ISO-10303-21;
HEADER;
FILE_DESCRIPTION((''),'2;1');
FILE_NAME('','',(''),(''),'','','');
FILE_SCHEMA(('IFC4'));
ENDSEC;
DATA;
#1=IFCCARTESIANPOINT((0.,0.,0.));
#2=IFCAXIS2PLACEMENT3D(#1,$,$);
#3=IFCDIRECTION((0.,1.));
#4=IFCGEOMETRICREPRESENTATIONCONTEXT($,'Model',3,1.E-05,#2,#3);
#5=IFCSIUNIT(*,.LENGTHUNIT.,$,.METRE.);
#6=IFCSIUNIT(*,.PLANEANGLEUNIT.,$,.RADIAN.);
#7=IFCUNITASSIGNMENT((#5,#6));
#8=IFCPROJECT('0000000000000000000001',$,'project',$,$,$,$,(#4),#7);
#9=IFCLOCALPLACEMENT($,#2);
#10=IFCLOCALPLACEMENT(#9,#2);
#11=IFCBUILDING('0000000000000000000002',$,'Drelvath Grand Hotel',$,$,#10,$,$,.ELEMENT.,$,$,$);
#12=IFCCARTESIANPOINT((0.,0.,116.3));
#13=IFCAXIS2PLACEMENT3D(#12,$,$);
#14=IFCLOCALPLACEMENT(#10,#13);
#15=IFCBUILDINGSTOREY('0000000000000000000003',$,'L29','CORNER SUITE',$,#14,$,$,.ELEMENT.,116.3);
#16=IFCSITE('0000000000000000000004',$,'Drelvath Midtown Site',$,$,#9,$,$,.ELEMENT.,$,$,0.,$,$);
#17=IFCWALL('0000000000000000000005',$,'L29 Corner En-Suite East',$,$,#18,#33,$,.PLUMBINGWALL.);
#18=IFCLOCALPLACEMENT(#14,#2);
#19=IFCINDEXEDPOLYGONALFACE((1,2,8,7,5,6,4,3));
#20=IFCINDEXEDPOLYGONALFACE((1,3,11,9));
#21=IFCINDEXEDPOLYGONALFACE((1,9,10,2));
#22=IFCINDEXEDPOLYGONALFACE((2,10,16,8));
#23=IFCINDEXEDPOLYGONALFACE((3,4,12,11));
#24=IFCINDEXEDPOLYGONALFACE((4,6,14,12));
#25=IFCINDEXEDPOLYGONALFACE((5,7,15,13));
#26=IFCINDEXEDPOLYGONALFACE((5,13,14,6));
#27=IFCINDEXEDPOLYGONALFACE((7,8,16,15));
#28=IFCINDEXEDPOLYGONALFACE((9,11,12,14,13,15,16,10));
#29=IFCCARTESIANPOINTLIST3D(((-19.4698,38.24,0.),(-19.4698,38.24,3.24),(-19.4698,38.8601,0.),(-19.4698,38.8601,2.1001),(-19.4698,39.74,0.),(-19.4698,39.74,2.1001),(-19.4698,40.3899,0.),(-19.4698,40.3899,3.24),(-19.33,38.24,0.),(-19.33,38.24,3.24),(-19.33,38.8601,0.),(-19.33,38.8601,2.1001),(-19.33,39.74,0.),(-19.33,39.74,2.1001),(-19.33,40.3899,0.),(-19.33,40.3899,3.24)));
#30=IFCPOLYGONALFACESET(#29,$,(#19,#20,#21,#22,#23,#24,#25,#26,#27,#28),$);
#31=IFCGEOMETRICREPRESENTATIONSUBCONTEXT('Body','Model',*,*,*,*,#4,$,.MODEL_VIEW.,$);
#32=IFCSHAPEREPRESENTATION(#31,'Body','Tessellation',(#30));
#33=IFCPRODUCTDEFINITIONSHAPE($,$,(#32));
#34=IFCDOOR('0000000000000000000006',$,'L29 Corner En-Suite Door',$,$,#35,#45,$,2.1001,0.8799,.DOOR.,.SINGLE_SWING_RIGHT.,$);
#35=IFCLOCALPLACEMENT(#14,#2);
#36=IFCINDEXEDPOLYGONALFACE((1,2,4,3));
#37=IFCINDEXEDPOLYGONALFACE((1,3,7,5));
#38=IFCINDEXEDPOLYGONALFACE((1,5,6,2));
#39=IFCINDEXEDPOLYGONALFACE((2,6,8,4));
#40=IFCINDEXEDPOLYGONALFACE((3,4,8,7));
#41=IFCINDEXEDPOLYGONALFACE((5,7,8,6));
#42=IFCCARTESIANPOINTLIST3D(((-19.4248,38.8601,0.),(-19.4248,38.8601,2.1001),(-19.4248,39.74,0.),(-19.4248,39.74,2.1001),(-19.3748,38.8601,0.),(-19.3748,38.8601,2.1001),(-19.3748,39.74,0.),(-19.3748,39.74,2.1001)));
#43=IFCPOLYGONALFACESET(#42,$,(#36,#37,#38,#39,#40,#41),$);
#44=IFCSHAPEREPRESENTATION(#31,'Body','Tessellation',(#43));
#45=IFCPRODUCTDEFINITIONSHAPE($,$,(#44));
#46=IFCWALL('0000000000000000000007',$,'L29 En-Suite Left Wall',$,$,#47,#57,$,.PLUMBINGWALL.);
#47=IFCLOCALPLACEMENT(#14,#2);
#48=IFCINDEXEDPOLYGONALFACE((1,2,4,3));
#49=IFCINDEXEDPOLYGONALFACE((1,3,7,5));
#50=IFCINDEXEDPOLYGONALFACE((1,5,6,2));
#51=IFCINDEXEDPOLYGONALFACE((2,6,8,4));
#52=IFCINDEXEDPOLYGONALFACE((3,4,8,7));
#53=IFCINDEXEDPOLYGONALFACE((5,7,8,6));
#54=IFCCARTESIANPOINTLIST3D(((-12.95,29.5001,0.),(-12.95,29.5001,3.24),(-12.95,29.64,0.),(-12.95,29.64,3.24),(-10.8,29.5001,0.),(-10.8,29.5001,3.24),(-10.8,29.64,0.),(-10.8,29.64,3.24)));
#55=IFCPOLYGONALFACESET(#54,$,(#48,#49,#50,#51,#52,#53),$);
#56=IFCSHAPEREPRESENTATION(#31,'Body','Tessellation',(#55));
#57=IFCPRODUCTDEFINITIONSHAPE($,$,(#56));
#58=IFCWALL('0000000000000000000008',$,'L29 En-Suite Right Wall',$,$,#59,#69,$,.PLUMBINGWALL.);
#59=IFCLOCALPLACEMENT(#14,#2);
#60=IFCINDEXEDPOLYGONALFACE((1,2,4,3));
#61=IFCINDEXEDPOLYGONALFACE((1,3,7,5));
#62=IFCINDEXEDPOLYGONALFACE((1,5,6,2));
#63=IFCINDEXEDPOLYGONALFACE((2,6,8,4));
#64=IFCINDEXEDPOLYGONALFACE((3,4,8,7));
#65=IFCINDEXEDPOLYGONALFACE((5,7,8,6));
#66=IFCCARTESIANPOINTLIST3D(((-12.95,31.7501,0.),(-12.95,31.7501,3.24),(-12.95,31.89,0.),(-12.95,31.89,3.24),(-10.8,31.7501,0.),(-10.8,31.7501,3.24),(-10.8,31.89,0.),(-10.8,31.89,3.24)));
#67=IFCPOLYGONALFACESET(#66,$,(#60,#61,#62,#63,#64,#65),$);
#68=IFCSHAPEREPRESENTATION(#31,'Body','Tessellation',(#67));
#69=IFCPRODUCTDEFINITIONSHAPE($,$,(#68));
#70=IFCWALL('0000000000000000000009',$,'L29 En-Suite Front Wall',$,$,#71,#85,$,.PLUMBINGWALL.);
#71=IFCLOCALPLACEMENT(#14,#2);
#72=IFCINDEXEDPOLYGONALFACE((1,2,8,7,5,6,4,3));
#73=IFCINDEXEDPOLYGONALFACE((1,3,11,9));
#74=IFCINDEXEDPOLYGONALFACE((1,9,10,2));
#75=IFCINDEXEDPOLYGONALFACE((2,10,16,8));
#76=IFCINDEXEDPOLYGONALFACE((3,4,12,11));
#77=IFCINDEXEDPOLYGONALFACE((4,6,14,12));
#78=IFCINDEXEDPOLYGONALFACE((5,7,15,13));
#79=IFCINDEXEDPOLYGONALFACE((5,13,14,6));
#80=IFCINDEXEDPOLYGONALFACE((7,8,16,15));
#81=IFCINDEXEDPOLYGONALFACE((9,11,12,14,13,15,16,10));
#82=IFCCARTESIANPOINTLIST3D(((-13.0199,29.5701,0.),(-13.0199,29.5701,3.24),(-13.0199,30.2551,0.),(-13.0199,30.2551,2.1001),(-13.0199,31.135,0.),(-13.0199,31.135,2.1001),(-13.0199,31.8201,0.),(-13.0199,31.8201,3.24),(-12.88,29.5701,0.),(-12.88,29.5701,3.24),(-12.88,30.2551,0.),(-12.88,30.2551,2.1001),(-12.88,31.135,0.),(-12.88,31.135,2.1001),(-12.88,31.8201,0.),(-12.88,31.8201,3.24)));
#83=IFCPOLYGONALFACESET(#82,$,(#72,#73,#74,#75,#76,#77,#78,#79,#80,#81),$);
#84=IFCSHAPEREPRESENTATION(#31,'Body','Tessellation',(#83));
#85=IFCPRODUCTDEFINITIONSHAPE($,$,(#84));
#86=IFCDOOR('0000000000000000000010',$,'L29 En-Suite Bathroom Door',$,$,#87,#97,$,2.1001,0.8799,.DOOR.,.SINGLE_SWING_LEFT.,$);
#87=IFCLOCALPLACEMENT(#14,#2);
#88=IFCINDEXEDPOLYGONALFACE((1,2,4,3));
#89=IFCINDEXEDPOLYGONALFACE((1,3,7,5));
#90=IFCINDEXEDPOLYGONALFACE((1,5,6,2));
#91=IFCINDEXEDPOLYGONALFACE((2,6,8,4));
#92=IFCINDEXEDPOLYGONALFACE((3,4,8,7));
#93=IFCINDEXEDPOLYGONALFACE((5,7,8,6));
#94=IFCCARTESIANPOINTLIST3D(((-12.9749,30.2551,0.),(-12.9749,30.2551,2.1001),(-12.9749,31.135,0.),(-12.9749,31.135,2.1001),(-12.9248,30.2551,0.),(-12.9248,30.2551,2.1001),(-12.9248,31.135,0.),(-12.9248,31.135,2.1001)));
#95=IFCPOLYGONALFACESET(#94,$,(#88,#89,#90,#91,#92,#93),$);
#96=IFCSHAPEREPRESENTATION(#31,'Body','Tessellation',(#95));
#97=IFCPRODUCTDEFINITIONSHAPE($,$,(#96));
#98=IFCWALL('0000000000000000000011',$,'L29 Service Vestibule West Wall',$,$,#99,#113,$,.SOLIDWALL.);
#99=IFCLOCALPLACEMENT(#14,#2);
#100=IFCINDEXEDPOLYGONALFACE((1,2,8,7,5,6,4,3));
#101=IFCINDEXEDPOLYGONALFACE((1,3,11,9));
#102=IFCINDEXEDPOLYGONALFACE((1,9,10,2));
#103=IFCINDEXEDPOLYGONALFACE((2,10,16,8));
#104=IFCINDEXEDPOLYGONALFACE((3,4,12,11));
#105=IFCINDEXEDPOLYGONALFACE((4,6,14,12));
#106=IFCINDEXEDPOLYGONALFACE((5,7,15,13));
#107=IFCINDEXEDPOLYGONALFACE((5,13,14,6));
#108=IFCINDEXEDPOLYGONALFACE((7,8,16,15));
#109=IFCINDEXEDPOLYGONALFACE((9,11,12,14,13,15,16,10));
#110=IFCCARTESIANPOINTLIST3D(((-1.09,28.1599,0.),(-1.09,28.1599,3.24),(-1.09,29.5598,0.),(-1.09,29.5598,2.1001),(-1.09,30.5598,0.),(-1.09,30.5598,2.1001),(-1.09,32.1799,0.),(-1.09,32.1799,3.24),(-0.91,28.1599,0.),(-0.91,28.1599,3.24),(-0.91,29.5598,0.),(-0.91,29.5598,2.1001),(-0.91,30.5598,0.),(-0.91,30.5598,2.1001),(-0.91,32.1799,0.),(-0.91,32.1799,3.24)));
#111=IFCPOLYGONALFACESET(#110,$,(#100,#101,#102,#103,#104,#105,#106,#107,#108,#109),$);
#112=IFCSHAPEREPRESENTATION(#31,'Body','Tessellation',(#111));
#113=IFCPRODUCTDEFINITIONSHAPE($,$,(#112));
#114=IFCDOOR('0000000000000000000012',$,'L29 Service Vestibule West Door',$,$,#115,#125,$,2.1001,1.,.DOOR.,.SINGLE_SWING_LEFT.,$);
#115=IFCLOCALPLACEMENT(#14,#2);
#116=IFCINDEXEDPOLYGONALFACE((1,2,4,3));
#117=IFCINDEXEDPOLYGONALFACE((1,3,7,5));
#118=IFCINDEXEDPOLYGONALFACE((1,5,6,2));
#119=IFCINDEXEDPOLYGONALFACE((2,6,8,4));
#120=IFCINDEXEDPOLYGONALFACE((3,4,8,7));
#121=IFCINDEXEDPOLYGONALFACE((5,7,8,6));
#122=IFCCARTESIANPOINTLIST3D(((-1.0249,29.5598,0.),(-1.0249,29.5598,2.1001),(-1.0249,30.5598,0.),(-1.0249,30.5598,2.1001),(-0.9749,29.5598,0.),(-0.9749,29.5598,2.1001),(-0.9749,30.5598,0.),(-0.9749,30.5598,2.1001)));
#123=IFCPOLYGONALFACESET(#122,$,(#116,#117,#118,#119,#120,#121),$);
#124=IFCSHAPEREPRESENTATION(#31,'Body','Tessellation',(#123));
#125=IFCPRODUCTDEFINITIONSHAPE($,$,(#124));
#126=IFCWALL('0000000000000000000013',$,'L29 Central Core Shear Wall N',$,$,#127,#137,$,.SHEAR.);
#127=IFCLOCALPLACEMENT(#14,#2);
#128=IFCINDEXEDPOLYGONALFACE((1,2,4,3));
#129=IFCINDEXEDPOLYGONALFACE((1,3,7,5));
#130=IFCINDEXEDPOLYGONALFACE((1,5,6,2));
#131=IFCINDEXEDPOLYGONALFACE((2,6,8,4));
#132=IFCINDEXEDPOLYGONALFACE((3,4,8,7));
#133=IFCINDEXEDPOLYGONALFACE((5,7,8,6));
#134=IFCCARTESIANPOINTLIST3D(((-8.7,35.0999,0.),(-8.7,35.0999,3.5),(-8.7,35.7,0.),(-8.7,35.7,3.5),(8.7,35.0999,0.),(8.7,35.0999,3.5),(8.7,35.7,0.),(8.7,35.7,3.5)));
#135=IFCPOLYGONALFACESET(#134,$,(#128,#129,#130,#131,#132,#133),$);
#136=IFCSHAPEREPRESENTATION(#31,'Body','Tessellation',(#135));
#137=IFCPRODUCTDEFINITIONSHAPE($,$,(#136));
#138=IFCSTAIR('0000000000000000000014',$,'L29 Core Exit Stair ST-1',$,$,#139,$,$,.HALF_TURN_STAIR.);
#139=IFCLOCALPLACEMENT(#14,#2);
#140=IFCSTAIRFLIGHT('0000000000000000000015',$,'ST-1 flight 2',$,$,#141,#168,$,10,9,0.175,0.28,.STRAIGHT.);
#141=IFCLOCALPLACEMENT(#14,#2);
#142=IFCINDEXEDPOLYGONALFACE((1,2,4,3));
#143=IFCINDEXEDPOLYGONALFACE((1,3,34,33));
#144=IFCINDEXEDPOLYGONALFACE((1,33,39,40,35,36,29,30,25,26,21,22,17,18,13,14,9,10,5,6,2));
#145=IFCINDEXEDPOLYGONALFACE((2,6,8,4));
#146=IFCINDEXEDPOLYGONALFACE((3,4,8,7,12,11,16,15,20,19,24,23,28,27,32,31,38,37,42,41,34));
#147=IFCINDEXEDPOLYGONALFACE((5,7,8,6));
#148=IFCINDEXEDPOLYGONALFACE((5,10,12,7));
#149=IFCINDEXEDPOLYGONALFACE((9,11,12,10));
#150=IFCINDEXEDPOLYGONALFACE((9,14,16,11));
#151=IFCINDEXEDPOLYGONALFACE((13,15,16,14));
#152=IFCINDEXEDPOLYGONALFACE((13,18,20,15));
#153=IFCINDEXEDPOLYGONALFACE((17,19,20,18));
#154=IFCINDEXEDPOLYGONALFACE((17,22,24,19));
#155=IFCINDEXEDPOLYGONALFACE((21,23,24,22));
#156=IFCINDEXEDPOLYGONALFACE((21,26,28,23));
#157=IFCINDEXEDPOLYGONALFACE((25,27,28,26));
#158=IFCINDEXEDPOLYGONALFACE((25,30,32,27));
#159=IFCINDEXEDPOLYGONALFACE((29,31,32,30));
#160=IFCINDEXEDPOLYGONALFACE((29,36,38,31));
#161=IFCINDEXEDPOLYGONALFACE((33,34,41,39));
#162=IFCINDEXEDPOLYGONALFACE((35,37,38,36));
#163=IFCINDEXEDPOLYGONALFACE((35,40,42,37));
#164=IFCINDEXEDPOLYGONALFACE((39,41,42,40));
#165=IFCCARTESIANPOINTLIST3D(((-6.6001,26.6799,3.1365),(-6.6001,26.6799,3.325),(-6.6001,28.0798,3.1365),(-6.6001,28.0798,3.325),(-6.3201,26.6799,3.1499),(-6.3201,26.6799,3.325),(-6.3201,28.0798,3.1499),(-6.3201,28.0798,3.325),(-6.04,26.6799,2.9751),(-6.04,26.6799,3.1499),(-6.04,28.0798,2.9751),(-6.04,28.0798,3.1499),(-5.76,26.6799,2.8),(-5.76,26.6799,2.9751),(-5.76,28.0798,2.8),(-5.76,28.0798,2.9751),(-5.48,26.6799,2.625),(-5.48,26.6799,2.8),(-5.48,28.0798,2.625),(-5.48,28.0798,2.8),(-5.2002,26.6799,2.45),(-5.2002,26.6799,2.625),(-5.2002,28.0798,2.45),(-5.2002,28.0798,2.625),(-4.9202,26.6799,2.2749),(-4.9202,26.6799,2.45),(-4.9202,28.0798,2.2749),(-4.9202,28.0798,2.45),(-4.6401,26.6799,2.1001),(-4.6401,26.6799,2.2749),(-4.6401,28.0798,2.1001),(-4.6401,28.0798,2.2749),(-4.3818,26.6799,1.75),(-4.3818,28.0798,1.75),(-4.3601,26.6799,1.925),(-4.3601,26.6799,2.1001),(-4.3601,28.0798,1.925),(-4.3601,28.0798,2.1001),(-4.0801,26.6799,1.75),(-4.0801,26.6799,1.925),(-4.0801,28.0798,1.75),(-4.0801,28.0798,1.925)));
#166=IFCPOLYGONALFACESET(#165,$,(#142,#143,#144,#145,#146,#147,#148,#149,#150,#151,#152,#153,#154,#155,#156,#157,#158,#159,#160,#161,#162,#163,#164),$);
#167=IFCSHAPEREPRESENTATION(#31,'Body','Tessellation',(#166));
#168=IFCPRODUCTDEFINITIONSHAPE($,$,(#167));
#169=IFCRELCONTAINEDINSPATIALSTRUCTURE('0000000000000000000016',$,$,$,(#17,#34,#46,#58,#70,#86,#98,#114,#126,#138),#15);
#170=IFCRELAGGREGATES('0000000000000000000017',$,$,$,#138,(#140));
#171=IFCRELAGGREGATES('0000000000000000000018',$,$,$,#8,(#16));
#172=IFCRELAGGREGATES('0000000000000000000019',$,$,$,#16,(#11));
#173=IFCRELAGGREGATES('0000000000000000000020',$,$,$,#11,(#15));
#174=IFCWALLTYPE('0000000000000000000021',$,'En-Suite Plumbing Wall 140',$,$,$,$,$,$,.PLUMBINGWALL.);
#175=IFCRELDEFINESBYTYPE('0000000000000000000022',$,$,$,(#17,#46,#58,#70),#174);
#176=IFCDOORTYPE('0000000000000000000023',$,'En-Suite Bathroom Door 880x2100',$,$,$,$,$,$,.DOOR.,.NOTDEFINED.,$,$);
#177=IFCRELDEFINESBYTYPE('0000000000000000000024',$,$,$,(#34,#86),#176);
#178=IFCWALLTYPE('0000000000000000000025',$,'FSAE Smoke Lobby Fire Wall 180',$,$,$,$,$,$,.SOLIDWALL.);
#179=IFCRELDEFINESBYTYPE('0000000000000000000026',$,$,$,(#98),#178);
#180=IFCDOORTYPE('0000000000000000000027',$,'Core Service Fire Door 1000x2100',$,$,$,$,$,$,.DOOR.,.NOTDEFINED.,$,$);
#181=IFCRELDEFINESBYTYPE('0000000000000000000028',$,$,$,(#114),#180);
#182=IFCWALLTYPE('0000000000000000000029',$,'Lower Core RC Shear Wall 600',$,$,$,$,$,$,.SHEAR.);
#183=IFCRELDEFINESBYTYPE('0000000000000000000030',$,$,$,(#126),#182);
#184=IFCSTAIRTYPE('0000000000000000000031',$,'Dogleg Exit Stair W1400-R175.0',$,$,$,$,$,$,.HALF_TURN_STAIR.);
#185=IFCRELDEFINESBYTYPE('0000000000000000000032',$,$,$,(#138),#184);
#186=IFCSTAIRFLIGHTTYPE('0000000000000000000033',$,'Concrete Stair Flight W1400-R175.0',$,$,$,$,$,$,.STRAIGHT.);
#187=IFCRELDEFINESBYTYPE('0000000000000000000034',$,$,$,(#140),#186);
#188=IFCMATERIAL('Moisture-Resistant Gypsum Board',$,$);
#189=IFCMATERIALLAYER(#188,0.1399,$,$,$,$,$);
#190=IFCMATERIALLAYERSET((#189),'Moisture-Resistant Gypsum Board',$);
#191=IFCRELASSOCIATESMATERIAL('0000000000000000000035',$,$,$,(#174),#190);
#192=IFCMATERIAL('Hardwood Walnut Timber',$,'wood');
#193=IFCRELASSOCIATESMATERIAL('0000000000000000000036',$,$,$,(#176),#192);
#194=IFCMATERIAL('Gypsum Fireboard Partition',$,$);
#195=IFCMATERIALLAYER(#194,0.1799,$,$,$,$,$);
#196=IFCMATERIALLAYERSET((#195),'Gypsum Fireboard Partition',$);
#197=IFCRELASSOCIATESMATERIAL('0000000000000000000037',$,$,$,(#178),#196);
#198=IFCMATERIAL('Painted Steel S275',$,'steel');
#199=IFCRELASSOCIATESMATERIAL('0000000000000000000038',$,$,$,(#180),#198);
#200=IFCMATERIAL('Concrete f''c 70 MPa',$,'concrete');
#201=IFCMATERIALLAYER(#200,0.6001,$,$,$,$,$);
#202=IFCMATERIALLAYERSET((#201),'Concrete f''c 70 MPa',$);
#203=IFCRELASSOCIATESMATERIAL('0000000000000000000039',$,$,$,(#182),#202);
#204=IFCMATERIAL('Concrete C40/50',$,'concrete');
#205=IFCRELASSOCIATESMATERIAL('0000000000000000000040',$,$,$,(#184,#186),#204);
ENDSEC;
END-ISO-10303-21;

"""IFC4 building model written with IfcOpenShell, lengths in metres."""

from ifc_helpers import new_model, si_unit, direction, frame, frame_2d, origin, place, context, subcontext, project, spatial, polyline, rectangle, outline, extrude, material, layer, layer_set, type_object, element, fill, aggregate, save


model = new_model("IFC4")

# Units and contexts
model_context = context("Model", 3, precision=1e-05, world=origin(), true_north=direction((0.0, 1.0)))
body_context = subcontext(model_context, "Body", "Model", "MODEL_VIEW")
ifc_project = project(units=[si_unit("LENGTHUNIT", "METRE"), si_unit("PLANEANGLEUNIT", "RADIAN")], contexts=[model_context])

# Site, building, storey
site_placement = place(None, origin())
site = spatial("IfcSite", under=ifc_project, at=site_placement, Name="Drelvath Midtown Site", CompositionType="ELEMENT", RefElevation=0.0)
building_placement = place(site_placement, origin())
building = spatial("IfcBuilding", under=site, at=building_placement, Name="Drelvath Grand Hotel", CompositionType="ELEMENT")
storey_placement = place(building_placement, frame((0.0, 0.0, 116.3)))
storey = spatial("IfcBuildingStorey", under=building, at=storey_placement, Name="L29", Description="CORNER SUITE", CompositionType="ELEMENT", Elevation=116.3)

# Shared definitions
ifc_material_1 = material(Name="Concrete f'c 70 MPa", Category="concrete")

# Shared definitions
ifc_material_2 = material(Name="Painted Steel S275", Category="steel")

# Shared definitions
ifc_material_3 = material(Name="Concrete C40/50", Category="concrete")
ifc_material_4 = material(Name="Gypsum Fireboard Partition")

# Shared definitions
ifc_material_5 = material(Name="Hardwood Walnut Timber", Category="wood")

# Shared definitions
ifc_material_6 = material(Name="Moisture-Resistant Gypsum Board")
ifc_layer_1 = layer(ifc_material_6, 0.1399)
ifc_layer_set_1 = layer_set([ifc_layer_1], Name="Moisture-Resistant Gypsum Board")
wall_type_1 = type_object("IfcWallType", Name="En-Suite Plumbing Wall 140", PredefinedType="PLUMBINGWALL", material=ifc_layer_set_1)

# Wall, opening, door
wall_1_placement = place(storey_placement, frame((-19.3999, 38.24, 0.0), z_axis=(0.0, 0.0, 1.0), x_axis=(0.0, 1.0, 0.0)))
wall_1 = element("IfcWall", 1, at=wall_1_placement, inside=storey, type_object=wall_type_1, Name="L29 Corner En-Suite East", PredefinedType="PLUMBINGWALL", context=body_context, shape_type="SweptSolid", body=[
    extrude(rectangle(XDim=2.1499, YDim=0.1399, at=frame_2d((1.075, 0.0))), origin(), (0.0, 0.0, 1.0), 3.24),
])
opening_1_placement = place(wall_1_placement, frame((0.6201, 0.0, 0.0)))
opening_1 = element("IfcOpeningElement", 2, at=opening_1_placement, cuts=wall_1, PredefinedType="OPENING", context=body_context, shape_type="SweptSolid", body=[
    extrude(rectangle(XDim=0.8799, YDim=2.1001, at=frame_2d((0.4399, 1.05))), frame((0.0, 0.0798, 0.0), z_axis=(0.0, -1.0, 0.0), x_axis=(1.0, 0.0, 0.0)), (0.0, 0.0, 1.0), 0.1599),
])
door_type_1 = type_object("IfcDoorType", Name="En-Suite Bathroom Door 880x2100", OperationType="NOTDEFINED", PredefinedType="DOOR", material=ifc_material_5)
door_1_placement = place(opening_1_placement, origin())
door_1 = element("IfcDoor", 3, at=door_1_placement, inside=storey, type_object=door_type_1, Name="L29 Corner En-Suite Door", OperationType="SINGLE_SWING_RIGHT", OverallHeight=2.1001, OverallWidth=0.8799, PredefinedType="DOOR", context=body_context, shape_type="SweptSolid", body=[
    extrude(rectangle(XDim=0.8799, YDim=2.1001, at=frame_2d((0.4399, 1.05))), frame((0.0, 0.0249, 0.0), z_axis=(0.0, -1.0, 0.0), x_axis=(1.0, 0.0, 0.0)), (0.0, 0.0, 1.0), 0.05),
])
fill(opening_1, door_1)

# Walls
for number, where, z_axis, x_axis, name in (
    (4, (-10.8, 29.5701, 0.0), (0.0, 0.0, 1.0), (-1.0, 0.0, 0.0), "L29 En-Suite Left Wall"),
    (5, (-10.8, 31.8201, 0.0), (0.0, 0.0, 1.0), (-1.0, 0.0, 0.0), "L29 En-Suite Right Wall"),
):
    element("IfcWall", number, at=place(storey_placement, frame(where, z_axis=z_axis, x_axis=x_axis)), inside=storey, type_object=wall_type_1, Name=name, PredefinedType="PLUMBINGWALL", context=body_context, shape_type="SweptSolid", body=[
        extrude(rectangle(XDim=2.1499, YDim=0.1399, at=frame_2d((1.075, 0.0))), origin(), (0.0, 0.0, 1.0), 3.24),
    ])

# Walls, openings, doors
wall_2_placement = place(storey_placement, frame((-12.95, 29.5701, 0.0), z_axis=(0.0, 0.0, 1.0), x_axis=(0.0, 1.0, 0.0)))
wall_2 = element("IfcWall", 6, at=wall_2_placement, inside=storey, type_object=wall_type_1, Name="L29 En-Suite Front Wall", PredefinedType="PLUMBINGWALL", context=body_context, shape_type="SweptSolid", body=[
    extrude(rectangle(XDim=2.25, YDim=0.1399, at=frame_2d((1.125, 0.0))), origin(), (0.0, 0.0, 1.0), 3.24),
])
opening_2_placement = place(wall_2_placement, frame((0.6851, 0.0, 0.0)))
opening_2 = element("IfcOpeningElement", 7, at=opening_2_placement, cuts=wall_2, PredefinedType="OPENING", context=body_context, shape_type="SweptSolid", body=[
    extrude(rectangle(XDim=0.8799, YDim=2.1001, at=frame_2d((0.4399, 1.05))), frame((0.0, 0.0798, 0.0), z_axis=(0.0, -1.0, 0.0), x_axis=(1.0, 0.0, 0.0)), (0.0, 0.0, 1.0), 0.1599),
])
door_2_placement = place(opening_2_placement, origin())
door_2 = element("IfcDoor", 8, at=door_2_placement, inside=storey, type_object=door_type_1, Name="L29 En-Suite Bathroom Door", OperationType="SINGLE_SWING_LEFT", OverallHeight=2.1001, OverallWidth=0.8799, PredefinedType="DOOR", context=body_context, shape_type="SweptSolid", body=[
    extrude(rectangle(XDim=0.8799, YDim=2.1001, at=frame_2d((0.4399, 1.05))), frame((0.0, 0.0249, 0.0), z_axis=(0.0, -1.0, 0.0), x_axis=(1.0, 0.0, 0.0)), (0.0, 0.0, 1.0), 0.05),
])
fill(opening_2, door_2)
ifc_layer_2 = layer(ifc_material_4, 0.1799)
ifc_layer_set_2 = layer_set([ifc_layer_2], Name="Gypsum Fireboard Partition")
wall_type_2 = type_object("IfcWallType", Name="FSAE Smoke Lobby Fire Wall 180", PredefinedType="SOLIDWALL", material=ifc_layer_set_2)
wall_3_placement = place(storey_placement, frame((-1.0, 28.1599, 0.0), z_axis=(0.0, 0.0, 1.0), x_axis=(0.0, 1.0, 0.0)))
wall_3 = element("IfcWall", 9, at=wall_3_placement, inside=storey, type_object=wall_type_2, Name="L29 Service Vestibule West Wall", PredefinedType="SOLIDWALL", context=body_context, shape_type="SweptSolid", body=[
    extrude(rectangle(XDim=4.02, YDim=0.1799, at=frame_2d((2.01, 0.0))), origin(), (0.0, 0.0, 1.0), 3.24),
])
opening_3_placement = place(wall_3_placement, frame((1.3999, 0.0, 0.0)))
opening_3 = element("IfcOpeningElement", 10, at=opening_3_placement, cuts=wall_3, PredefinedType="OPENING", context=body_context, shape_type="SweptSolid", body=[
    extrude(rectangle(XDim=1.0, YDim=2.1001, at=frame_2d((0.5, 1.05))), frame((0.0, 0.0999, 0.0), z_axis=(0.0, -1.0, 0.0), x_axis=(1.0, 0.0, 0.0)), (0.0, 0.0, 1.0), 0.2),
])
door_type_2 = type_object("IfcDoorType", Name="Core Service Fire Door 1000x2100", OperationType="NOTDEFINED", PredefinedType="DOOR", material=ifc_material_2)
door_3_placement = place(opening_3_placement, origin())
door_3 = element("IfcDoor", 11, at=door_3_placement, inside=storey, type_object=door_type_2, Name="L29 Service Vestibule West Door", OperationType="SINGLE_SWING_LEFT", OverallHeight=2.1001, OverallWidth=1.0, PredefinedType="DOOR", context=body_context, shape_type="SweptSolid", body=[
    extrude(rectangle(XDim=1.0, YDim=2.1001, at=frame_2d((0.5, 1.05))), frame((0.0, 0.0249, 0.0), z_axis=(0.0, -1.0, 0.0), x_axis=(1.0, 0.0, 0.0)), (0.0, 0.0, 1.0), 0.05),
])
fill(opening_3, door_3)

# Wall
ifc_layer_3 = layer(ifc_material_1, 0.6001)
ifc_layer_set_3 = layer_set([ifc_layer_3], Name="Concrete f'c 70 MPa")
wall_type_3 = type_object("IfcWallType", Name="Lower Core RC Shear Wall 600", PredefinedType="SHEAR", material=ifc_layer_set_3)
wall_4_placement = place(storey_placement, frame((-8.7, 35.3999, 0.0), z_axis=(0.0, 0.0, 1.0), x_axis=(1.0, 0.0, 0.0)))
element("IfcWall", 12, at=wall_4_placement, inside=storey, type_object=wall_type_3, Name="L29 Central Core Shear Wall N", PredefinedType="SHEAR", context=body_context, shape_type="SweptSolid", body=[
    extrude(rectangle(XDim=17.3999, YDim=0.6001, at=frame_2d((8.7, 0.0))), origin(), (0.0, 0.0, 1.0), 3.5),
])

# Stair, stair flight
stair_type = type_object("IfcStairType", Name="Dogleg Exit Stair W1400-R175.0", PredefinedType="HALF_TURN_STAIR", material=ifc_material_3)
stair_placement = place(storey_placement, origin())
stair = element("IfcStair", 13, at=stair_placement, inside=storey, type_object=stair_type, Name="L29 Core Exit Stair ST-1", PredefinedType="HALF_TURN_STAIR")
stair_flight_type = type_object("IfcStairFlightType", Name="Concrete Stair Flight W1400-R175.0", PredefinedType="STRAIGHT", material=ifc_material_3)
stair_flight_placement = place(storey_placement, frame((-4.0801, 27.3799, 1.75), z_axis=(0.0, 0.0, 1.0), x_axis=(-1.0, 0.0, 0.0)))
stair_flight = element("IfcStairFlight", 14, at=stair_flight_placement, type_object=stair_flight_type, Name="ST-1 flight 2", NumberOfRisers=10, NumberOfTreads=9, PredefinedType="STRAIGHT", RiserHeight=0.175, TreadLength=0.28, context=body_context, shape_type="SweptSolid", body=[
    extrude(outline(polyline([(0.0, 0.0), (0.0, 0.175), (0.28, 0.175), (0.28, 0.3501), (0.5601, 0.3501), (0.5601, 0.5249), (0.8401, 0.5249), (0.8401, 0.7), (1.1201, 0.7), (1.1201, 0.875), (1.3999, 0.875), (1.3999, 1.05), (1.6799, 1.05), (1.6799, 1.2251), (1.96, 1.2251), (1.96, 1.3999), (2.24, 1.3999), (2.24, 1.575), (2.52, 1.575), (2.52, 1.75), (2.52, 1.3865), (0.3018, 0.0), (0.0, 0.0)])), frame((0.0, 0.7, 0.0), z_axis=(0.0, -1.0, 0.0), x_axis=(1.0, 0.0, 0.0)), (0.0, 0.0, 1.0), 1.3999),
])
aggregate(stair, [stair_flight])

save(model, "model.ifc")
